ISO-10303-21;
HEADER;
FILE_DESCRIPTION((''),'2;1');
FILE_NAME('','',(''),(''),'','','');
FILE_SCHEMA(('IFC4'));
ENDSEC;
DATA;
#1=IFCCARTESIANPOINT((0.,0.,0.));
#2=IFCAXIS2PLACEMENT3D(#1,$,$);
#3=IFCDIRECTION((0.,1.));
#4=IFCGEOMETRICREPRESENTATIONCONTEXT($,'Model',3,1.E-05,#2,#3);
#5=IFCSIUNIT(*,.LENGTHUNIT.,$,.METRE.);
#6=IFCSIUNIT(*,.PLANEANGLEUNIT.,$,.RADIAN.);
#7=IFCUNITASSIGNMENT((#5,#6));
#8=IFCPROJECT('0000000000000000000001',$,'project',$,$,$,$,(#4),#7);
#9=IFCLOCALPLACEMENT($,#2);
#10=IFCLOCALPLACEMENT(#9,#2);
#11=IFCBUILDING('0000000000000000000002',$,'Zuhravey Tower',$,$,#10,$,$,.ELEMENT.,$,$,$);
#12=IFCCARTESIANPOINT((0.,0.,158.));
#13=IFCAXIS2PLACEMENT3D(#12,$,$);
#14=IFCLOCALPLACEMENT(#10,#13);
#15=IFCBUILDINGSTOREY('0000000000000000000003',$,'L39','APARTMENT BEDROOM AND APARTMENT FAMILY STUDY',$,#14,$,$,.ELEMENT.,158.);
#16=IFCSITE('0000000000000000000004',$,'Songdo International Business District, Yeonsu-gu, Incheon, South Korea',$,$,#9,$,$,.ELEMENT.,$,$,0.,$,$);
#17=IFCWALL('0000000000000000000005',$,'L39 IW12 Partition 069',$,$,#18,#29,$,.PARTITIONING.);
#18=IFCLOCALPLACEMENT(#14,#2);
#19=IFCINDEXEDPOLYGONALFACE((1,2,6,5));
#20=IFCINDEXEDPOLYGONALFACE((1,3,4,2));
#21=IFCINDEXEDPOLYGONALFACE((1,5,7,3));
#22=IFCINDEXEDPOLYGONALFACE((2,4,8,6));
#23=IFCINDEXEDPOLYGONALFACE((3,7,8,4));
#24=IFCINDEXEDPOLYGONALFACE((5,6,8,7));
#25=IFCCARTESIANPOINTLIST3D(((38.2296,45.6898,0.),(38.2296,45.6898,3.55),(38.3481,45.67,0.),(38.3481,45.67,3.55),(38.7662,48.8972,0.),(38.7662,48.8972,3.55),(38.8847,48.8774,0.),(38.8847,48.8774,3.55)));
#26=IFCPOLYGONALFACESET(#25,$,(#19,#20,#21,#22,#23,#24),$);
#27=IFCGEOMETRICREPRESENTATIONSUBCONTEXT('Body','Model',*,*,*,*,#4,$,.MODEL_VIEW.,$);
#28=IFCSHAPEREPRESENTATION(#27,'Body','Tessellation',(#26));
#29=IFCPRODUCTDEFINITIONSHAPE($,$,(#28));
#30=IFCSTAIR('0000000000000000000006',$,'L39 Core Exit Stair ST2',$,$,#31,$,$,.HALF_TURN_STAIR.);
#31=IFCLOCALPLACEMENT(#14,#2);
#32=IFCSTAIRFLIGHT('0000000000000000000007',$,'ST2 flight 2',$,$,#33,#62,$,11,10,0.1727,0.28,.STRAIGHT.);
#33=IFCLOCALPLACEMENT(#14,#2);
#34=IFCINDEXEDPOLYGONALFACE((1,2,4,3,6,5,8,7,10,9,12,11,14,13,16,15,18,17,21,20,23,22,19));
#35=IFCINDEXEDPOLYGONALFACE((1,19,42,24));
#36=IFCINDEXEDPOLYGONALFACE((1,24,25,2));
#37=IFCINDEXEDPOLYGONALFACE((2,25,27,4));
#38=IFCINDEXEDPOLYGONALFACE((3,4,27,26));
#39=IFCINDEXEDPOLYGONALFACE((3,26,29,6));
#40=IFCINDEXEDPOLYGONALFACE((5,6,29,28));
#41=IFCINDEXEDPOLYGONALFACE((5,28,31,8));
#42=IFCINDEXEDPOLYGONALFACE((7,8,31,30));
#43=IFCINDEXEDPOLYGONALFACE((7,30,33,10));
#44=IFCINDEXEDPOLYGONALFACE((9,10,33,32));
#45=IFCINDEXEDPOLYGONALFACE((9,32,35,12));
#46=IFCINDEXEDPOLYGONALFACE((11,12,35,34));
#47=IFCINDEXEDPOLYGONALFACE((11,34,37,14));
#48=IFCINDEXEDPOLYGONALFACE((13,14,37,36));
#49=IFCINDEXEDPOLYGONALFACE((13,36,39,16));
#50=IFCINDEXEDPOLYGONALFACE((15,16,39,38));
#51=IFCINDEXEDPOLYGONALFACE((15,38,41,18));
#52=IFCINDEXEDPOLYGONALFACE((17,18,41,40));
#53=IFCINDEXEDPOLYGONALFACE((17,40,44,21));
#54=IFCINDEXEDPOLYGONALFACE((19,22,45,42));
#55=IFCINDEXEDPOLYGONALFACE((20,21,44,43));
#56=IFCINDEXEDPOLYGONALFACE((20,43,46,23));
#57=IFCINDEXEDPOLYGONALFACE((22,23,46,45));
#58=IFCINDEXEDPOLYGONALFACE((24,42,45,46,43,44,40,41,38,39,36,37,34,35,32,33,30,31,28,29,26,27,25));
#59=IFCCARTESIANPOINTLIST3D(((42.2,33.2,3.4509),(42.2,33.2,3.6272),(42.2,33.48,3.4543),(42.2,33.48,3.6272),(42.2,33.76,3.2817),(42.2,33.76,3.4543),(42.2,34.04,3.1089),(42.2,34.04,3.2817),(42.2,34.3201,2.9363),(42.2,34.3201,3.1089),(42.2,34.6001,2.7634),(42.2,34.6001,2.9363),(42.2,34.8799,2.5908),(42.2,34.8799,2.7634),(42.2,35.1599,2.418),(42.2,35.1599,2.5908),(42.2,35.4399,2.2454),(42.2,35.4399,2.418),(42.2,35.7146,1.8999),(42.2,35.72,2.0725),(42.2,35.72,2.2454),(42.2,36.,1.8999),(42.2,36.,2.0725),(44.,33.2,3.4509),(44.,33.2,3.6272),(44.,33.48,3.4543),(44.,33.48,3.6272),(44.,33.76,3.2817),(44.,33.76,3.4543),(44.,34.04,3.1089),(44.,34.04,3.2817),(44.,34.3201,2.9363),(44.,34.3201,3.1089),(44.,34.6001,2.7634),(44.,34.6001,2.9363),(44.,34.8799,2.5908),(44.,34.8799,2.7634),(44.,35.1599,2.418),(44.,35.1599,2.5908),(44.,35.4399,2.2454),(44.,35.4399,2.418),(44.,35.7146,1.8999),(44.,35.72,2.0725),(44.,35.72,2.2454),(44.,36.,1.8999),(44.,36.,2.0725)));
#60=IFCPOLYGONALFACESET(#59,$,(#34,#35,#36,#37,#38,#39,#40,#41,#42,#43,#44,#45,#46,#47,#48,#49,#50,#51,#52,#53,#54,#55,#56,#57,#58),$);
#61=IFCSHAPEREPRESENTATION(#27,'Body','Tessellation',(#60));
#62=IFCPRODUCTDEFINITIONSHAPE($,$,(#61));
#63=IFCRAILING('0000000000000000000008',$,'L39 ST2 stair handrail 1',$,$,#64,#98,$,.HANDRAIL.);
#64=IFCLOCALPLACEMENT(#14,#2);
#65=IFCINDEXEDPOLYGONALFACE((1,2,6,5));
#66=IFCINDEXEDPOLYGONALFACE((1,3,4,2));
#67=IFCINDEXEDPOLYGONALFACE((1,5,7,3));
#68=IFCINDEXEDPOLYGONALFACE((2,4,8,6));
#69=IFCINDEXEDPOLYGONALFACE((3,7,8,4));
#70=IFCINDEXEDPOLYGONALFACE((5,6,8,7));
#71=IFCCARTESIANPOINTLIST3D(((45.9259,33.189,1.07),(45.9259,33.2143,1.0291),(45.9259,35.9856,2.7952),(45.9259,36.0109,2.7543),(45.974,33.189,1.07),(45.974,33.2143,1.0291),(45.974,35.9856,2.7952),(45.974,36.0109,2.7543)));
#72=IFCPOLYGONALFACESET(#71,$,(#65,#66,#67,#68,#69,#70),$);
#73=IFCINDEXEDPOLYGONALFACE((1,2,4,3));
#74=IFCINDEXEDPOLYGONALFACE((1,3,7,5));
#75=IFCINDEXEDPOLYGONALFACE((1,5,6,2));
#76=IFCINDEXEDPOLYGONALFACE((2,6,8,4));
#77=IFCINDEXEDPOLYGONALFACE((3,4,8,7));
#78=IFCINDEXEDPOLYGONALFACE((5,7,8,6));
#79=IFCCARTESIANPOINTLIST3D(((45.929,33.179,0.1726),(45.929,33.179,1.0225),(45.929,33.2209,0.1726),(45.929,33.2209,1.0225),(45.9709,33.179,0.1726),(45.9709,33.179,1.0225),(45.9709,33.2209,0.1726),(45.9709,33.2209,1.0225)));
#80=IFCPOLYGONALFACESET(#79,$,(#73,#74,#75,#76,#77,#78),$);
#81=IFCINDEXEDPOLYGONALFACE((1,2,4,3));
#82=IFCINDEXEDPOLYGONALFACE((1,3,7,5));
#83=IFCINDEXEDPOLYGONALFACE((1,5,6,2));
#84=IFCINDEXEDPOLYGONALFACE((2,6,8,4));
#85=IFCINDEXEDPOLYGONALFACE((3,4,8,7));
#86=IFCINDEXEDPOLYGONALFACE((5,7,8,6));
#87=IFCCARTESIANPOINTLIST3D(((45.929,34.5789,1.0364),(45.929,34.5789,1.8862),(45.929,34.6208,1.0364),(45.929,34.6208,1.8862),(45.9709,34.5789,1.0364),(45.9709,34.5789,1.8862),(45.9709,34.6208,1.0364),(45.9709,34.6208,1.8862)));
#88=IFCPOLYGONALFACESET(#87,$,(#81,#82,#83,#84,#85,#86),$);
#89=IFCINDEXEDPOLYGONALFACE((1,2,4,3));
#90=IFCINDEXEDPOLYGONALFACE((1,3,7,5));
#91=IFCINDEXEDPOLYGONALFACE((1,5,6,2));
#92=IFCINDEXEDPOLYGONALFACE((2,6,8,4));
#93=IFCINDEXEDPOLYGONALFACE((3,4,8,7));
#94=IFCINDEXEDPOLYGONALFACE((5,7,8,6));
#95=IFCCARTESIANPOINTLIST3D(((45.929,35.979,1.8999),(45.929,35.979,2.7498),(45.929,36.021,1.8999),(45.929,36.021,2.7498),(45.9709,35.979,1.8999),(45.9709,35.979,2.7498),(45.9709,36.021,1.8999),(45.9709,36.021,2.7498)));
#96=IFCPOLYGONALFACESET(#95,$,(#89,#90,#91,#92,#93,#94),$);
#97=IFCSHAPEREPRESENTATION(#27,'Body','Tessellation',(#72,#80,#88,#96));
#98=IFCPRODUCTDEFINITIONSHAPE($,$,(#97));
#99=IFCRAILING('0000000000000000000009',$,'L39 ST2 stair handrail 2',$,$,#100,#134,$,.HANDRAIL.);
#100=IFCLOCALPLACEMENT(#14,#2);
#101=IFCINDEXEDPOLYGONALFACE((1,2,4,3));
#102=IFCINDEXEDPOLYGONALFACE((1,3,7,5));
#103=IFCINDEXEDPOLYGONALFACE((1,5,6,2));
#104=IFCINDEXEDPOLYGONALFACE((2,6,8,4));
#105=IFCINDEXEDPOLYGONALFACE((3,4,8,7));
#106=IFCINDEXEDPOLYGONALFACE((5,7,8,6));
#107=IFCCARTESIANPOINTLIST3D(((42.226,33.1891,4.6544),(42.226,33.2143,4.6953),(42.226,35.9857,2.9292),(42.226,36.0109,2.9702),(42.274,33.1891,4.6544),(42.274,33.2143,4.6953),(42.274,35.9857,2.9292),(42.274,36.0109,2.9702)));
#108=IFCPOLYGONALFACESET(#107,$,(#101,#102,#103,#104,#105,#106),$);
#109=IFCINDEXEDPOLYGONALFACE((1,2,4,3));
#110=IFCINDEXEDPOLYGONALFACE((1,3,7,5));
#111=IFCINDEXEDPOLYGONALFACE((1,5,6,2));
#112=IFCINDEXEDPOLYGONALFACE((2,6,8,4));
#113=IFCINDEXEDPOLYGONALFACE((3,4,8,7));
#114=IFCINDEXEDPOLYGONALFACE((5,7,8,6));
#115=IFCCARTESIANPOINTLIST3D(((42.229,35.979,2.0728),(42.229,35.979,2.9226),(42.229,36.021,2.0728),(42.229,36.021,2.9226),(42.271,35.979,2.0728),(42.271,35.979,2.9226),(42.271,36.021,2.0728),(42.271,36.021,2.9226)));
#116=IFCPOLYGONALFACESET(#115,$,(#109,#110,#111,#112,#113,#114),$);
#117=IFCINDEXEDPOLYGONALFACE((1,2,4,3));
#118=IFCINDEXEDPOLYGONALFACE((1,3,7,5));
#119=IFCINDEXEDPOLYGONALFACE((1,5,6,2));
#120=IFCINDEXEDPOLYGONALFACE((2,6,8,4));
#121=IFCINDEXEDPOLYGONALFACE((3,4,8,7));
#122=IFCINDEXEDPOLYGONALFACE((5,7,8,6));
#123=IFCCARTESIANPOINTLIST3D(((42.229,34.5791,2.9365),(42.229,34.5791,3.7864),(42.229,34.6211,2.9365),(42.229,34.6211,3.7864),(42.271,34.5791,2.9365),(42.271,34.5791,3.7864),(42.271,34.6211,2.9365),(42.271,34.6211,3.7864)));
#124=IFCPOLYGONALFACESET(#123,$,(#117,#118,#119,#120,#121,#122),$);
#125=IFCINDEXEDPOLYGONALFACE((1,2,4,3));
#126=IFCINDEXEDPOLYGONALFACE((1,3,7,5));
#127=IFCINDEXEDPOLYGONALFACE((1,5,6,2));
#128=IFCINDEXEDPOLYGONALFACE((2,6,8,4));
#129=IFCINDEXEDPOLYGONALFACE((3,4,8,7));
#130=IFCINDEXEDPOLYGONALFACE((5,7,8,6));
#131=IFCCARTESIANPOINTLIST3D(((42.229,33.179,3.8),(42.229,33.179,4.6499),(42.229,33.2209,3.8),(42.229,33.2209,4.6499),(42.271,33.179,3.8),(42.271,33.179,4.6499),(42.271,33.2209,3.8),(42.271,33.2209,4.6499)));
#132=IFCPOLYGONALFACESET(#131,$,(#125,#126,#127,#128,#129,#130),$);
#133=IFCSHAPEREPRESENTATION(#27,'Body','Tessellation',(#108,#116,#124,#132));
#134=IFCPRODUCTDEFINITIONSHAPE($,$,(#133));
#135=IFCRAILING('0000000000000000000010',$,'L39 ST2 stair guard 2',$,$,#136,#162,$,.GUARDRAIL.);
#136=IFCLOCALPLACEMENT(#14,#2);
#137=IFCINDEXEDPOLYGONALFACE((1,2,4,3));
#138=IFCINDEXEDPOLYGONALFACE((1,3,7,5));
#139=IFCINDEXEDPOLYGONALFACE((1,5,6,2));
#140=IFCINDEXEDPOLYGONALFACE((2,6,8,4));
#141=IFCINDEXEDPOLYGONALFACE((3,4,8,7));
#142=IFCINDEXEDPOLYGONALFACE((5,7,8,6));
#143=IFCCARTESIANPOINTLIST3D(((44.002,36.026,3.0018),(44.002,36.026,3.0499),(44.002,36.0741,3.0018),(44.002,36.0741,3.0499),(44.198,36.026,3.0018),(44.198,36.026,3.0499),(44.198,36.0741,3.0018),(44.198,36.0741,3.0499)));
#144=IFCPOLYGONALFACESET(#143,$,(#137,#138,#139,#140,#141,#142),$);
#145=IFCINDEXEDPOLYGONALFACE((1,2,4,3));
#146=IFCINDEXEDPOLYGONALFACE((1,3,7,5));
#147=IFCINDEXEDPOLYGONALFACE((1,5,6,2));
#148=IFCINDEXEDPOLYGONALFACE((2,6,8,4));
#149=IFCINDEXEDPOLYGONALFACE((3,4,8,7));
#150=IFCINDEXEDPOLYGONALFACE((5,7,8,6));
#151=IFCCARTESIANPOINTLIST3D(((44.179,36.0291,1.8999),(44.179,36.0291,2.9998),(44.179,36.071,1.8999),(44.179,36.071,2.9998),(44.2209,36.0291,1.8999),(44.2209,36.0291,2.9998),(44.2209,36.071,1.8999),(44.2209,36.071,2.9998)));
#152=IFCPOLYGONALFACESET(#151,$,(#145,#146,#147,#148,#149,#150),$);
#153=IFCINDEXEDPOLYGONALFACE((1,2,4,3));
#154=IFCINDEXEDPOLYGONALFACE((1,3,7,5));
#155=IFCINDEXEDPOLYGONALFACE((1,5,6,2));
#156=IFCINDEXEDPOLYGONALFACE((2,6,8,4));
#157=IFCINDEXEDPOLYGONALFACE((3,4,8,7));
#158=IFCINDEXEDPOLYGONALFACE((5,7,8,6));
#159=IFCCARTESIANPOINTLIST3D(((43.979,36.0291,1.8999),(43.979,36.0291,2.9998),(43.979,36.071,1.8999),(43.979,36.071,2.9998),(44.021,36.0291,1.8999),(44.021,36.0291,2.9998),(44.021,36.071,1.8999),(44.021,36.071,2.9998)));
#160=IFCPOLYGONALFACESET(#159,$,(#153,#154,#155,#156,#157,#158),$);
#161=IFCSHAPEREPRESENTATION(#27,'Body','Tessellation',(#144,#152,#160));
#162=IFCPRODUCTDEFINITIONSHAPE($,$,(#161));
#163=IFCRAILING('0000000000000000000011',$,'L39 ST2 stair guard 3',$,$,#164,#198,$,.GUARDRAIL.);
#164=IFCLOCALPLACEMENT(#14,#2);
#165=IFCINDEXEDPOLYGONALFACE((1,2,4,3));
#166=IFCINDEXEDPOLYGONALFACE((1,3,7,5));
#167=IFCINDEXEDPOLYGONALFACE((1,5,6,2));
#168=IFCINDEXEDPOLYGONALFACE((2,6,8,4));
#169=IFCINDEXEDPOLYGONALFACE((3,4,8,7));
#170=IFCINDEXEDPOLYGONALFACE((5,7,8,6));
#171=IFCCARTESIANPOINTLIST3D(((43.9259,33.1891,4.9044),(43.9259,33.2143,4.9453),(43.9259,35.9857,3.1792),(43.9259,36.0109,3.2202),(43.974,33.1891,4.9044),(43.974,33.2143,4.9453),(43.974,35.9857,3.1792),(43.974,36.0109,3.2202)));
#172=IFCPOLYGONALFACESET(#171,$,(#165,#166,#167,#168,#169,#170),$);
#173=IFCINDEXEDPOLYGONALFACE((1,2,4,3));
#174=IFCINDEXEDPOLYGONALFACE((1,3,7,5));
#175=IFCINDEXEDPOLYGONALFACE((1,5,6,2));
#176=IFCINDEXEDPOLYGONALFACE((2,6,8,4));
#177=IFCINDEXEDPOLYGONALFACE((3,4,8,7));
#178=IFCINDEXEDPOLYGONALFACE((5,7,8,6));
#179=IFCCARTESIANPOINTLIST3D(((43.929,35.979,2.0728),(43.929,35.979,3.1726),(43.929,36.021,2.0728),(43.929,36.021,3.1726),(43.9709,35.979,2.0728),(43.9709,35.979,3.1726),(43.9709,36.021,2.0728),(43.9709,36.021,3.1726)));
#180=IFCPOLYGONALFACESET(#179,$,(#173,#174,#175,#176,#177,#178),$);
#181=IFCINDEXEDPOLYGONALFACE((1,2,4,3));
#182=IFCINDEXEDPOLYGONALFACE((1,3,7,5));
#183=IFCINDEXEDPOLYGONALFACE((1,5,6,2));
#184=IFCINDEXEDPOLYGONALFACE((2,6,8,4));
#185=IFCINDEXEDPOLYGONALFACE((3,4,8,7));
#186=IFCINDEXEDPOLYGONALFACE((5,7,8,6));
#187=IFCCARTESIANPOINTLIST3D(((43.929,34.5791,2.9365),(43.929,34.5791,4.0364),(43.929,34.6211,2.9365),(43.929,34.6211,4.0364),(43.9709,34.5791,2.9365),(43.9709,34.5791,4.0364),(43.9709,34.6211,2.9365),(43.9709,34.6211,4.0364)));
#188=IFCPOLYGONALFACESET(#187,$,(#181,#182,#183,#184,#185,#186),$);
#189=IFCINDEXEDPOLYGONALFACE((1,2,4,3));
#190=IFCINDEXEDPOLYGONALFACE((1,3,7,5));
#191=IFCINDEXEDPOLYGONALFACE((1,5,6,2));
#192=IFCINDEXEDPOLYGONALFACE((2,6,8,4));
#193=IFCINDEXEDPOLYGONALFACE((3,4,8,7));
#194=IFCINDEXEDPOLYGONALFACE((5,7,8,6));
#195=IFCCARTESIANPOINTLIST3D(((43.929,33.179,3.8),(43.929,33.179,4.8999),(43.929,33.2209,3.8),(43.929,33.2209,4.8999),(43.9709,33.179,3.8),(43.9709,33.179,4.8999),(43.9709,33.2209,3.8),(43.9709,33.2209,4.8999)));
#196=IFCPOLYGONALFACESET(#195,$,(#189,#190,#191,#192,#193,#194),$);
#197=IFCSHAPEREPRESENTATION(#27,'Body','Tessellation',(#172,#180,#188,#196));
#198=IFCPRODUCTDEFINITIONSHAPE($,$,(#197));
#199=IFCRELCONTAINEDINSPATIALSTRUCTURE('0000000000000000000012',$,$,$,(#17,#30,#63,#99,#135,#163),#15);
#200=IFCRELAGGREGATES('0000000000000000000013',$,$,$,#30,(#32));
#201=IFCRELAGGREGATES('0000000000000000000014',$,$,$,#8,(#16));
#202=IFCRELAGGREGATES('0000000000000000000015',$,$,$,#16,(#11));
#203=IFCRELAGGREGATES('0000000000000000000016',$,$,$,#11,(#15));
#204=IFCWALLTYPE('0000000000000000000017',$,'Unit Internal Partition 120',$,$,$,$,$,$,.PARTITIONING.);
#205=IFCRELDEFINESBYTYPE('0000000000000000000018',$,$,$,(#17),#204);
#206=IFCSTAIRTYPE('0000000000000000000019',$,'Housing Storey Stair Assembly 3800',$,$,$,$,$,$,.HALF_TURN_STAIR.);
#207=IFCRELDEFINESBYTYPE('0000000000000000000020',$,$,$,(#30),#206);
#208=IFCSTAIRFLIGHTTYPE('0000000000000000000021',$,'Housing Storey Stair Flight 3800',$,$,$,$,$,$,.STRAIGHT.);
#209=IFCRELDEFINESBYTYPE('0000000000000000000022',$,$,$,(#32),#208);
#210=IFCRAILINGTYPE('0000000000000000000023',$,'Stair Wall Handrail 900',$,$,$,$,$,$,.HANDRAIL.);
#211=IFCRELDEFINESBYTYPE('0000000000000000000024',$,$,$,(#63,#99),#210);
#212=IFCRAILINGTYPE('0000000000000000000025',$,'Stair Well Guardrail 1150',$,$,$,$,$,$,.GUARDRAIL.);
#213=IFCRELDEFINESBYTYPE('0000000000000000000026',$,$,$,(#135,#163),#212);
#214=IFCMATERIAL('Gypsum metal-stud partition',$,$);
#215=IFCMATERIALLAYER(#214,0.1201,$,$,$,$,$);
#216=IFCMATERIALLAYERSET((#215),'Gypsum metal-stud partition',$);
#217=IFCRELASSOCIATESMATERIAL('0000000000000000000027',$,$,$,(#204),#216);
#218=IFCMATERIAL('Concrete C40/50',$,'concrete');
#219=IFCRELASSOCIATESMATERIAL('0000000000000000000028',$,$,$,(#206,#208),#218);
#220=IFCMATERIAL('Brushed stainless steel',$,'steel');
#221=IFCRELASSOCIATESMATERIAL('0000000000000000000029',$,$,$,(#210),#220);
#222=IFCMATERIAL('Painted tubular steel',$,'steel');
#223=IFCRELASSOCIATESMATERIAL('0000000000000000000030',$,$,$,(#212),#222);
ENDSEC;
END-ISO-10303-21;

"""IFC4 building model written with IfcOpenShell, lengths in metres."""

from ifc_helpers import new_model, si_unit, direction, frame, frame_2d, origin, origin_2d, place, context, subcontext, project, spatial, polyline, rectangle, outline, extrude, material, layer, layer_set, type_object, element, aggregate, save


model = new_model("IFC4")

# Units and contexts
model_context = context("Model", 3, precision=1e-05, world=origin(), true_north=direction((0.0, 1.0)))
body_context = subcontext(model_context, "Body", "Model", "MODEL_VIEW")
ifc_project = project(units=[si_unit("LENGTHUNIT", "METRE"), si_unit("PLANEANGLEUNIT", "RADIAN")], contexts=[model_context])

# Site, building, storey
site_placement = place(None, origin())
site = spatial("IfcSite", under=ifc_project, at=site_placement, Name="Songdo International Business District, Yeonsu-gu, Incheon, South Korea", CompositionType="ELEMENT", RefElevation=0.0)
building_placement = place(site_placement, origin())
building = spatial("IfcBuilding", under=site, at=building_placement, Name="Zuhravey Tower", CompositionType="ELEMENT")
storey_placement = place(building_placement, frame((0.0, 0.0, 158.0)))
storey = spatial("IfcBuildingStorey", under=building, at=storey_placement, Name="L39", Description="APARTMENT BEDROOM AND APARTMENT FAMILY STUDY", CompositionType="ELEMENT", Elevation=158.0)

# Wall
ifc_material_1 = material(Name="Gypsum metal-stud partition")
ifc_layer_1 = layer(ifc_material_1, 0.1201)
ifc_layer_set_1 = layer_set([ifc_layer_1], Name="Gypsum metal-stud partition")
wall_type_1 = type_object("IfcWallType", Name="Unit Internal Partition 120", PredefinedType="PARTITIONING", material=ifc_layer_set_1)
wall_1_placement = place(storey_placement, frame((38.2888, 45.6799, 0.0), z_axis=(0.0, 0.0, 1.0), x_axis=(0.16502, 0.98629, 0.0)))
element("IfcWall", 1, at=wall_1_placement, inside=storey, type_object=wall_type_1, Name="L39 IW12 Partition 069", PredefinedType="PARTITIONING", context=body_context, shape_type="SweptSolid", body=[
    extrude(rectangle(XDim=3.252, YDim=0.1201, at=frame_2d((1.626, 0.0))), origin(), (0.0, 0.0, 1.0), 3.55),
])

# Stair, stair flight
ifc_material_2 = material(Name="Concrete C40/50", Category="concrete")
stair_type = type_object("IfcStairType", Name="Housing Storey Stair Assembly 3800", PredefinedType="HALF_TURN_STAIR", material=ifc_material_2)
stair_placement = place(storey_placement, origin())
stair = element("IfcStair", 2, at=stair_placement, inside=storey, type_object=stair_type, Name="L39 Core Exit Stair ST2", PredefinedType="HALF_TURN_STAIR")
stair_flight_type = type_object("IfcStairFlightType", Name="Housing Storey Stair Flight 3800", PredefinedType="STRAIGHT", material=ifc_material_2)
stair_flight_placement = place(storey_placement, frame((43.1001, 36.0, 1.8999), z_axis=(0.0, 0.0, 1.0), x_axis=(0.0, -1.0, 0.0)))
stair_flight = element("IfcStairFlight", 3, at=stair_flight_placement, type_object=stair_flight_type, Name="ST2 flight 2", NumberOfRisers=11, NumberOfTreads=10, PredefinedType="STRAIGHT", RiserHeight=0.1727, TreadLength=0.28, context=body_context, shape_type="SweptSolid", body=[
    extrude(outline(polyline([(0.0, 0.0), (0.0, 0.1726), (0.28, 0.1726), (0.28, 0.3455), (0.5601, 0.3455), (0.5601, 0.5181), (0.8401, 0.5181), (0.8401, 0.6909), (1.1201, 0.6909), (1.1201, 0.8635), (1.3999, 0.8635), (1.3999, 1.0364), (1.6799, 1.0364), (1.6799, 1.209), (1.96, 1.209), (1.96, 1.3818), (2.24, 1.3818), (2.24, 1.5544), (2.52, 1.5544), (2.52, 1.7273), (2.8, 1.7273), (2.8, 1.8999), (2.8, 1.551), (0.2854, 0.0), (0.0, 0.0)])), frame((0.0, 0.8999, 0.0), z_axis=(0.0, -1.0, 0.0), x_axis=(1.0, 0.0, 0.0)), (0.0, 0.0, 1.0), 1.8),
])
aggregate(stair, [stair_flight])

# Railings
ifc_material_3 = material(Name="Brushed stainless steel", Category="steel")
railing_type_1 = type_object("IfcRailingType", Name="Stair Wall Handrail 900", PredefinedType="HANDRAIL", material=ifc_material_3)
railing_1_placement = place(storey_placement, frame((45.95, 33.2, 0.1726)))
element("IfcRailing", 4, at=railing_1_placement, inside=storey, type_object=railing_type_1, Name="L39 ST2 stair handrail 1", PredefinedType="HANDRAIL", context=body_context, shape_type="SweptSolid", body=[
    extrude(rectangle(XDim=0.0481, YDim=0.0481, at=origin_2d()), frame((0.0, 0.0017, 0.877), z_axis=(0.0, 0.85109, 0.52502), x_axis=(-1.0, 0.0, 0.0)), (0.0, 0.0, 1.0), 3.2859),
    extrude(rectangle(XDim=0.042, YDim=0.042, at=origin_2d()), origin(), (0.0, 0.0, 1.0), 0.8499),
    extrude(rectangle(XDim=0.042, YDim=0.042, at=origin_2d()), frame((0.0, 1.3999, 0.8638)), (0.0, 0.0, 1.0), 0.8499),
    extrude(rectangle(XDim=0.042, YDim=0.042, at=origin_2d()), frame((0.0, 2.8, 1.7273)), (0.0, 0.0, 1.0), 0.8499),
])
railing_2_placement = place(storey_placement, frame((42.25, 36.0, 2.0728)))
element("IfcRailing", 5, at=railing_2_placement, inside=storey, type_object=railing_type_1, Name="L39 ST2 stair handrail 2", PredefinedType="HANDRAIL", context=body_context, shape_type="SweptSolid", body=[
    extrude(rectangle(XDim=0.0481, YDim=0.0481, at=origin_2d()), frame((0.0, -0.0017, 0.877), z_axis=(0.0, -0.85109, 0.52502), x_axis=(1.0, 0.0, 0.0)), (0.0, 0.0, 1.0), 3.2859),
    extrude(rectangle(XDim=0.042, YDim=0.042, at=origin_2d()), origin(), (0.0, 0.0, 1.0), 0.8499),
    extrude(rectangle(XDim=0.042, YDim=0.042, at=origin_2d()), frame((0.0, -1.3999, 0.8638)), (0.0, 0.0, 1.0), 0.8499),
    extrude(rectangle(XDim=0.042, YDim=0.042, at=origin_2d()), frame((0.0, -2.8, 1.7273)), (0.0, 0.0, 1.0), 0.8499),
])
ifc_material_4 = material(Name="Painted tubular steel", Category="steel")
railing_type_2 = type_object("IfcRailingType", Name="Stair Well Guardrail 1150", PredefinedType="GUARDRAIL", material=ifc_material_4)
railing_3_placement = place(storey_placement, frame((44.2, 36.05, 1.8999)))
element("IfcRailing", 6, at=railing_3_placement, inside=storey, type_object=railing_type_2, Name="L39 ST2 stair guard 2", PredefinedType="GUARDRAIL", context=body_context, shape_type="SweptSolid", body=[
    extrude(rectangle(XDim=0.0481, YDim=0.0481, at=origin_2d()), frame((-0.002, 0.0, 1.126), z_axis=(-1.0, 0.0, 0.0), x_axis=(0.0, -1.0, 0.0)), (0.0, 0.0, 1.0), 0.196),
    extrude(rectangle(XDim=0.042, YDim=0.042, at=origin_2d()), origin(), (0.0, 0.0, 1.0), 1.0999),
    extrude(rectangle(XDim=0.042, YDim=0.042, at=origin_2d()), frame((-0.2, 0.0, 0.0)), (0.0, 0.0, 1.0), 1.0999),
])
railing_4_placement = place(storey_placement, frame((43.95, 36.0, 2.0728)))
element("IfcRailing", 7, at=railing_4_placement, inside=storey, type_object=railing_type_2, Name="L39 ST2 stair guard 3", PredefinedType="GUARDRAIL", context=body_context, shape_type="SweptSolid", body=[
    extrude(rectangle(XDim=0.0481, YDim=0.0481, at=origin_2d()), frame((0.0, -0.0017, 1.127), z_axis=(0.0, -0.85109, 0.52502), x_axis=(1.0, 0.0, 0.0)), (0.0, 0.0, 1.0), 3.2859),
    extrude(rectangle(XDim=0.042, YDim=0.042, at=origin_2d()), origin(), (0.0, 0.0, 1.0), 1.0999),
    extrude(rectangle(XDim=0.042, YDim=0.042, at=origin_2d()), frame((0.0, -1.3999, 0.8638)), (0.0, 0.0, 1.0), 1.0999),
    extrude(rectangle(XDim=0.042, YDim=0.042, at=origin_2d()), frame((0.0, -2.8, 1.7273)), (0.0, 0.0, 1.0), 1.0999),
])

save(model, "model.ifc")
